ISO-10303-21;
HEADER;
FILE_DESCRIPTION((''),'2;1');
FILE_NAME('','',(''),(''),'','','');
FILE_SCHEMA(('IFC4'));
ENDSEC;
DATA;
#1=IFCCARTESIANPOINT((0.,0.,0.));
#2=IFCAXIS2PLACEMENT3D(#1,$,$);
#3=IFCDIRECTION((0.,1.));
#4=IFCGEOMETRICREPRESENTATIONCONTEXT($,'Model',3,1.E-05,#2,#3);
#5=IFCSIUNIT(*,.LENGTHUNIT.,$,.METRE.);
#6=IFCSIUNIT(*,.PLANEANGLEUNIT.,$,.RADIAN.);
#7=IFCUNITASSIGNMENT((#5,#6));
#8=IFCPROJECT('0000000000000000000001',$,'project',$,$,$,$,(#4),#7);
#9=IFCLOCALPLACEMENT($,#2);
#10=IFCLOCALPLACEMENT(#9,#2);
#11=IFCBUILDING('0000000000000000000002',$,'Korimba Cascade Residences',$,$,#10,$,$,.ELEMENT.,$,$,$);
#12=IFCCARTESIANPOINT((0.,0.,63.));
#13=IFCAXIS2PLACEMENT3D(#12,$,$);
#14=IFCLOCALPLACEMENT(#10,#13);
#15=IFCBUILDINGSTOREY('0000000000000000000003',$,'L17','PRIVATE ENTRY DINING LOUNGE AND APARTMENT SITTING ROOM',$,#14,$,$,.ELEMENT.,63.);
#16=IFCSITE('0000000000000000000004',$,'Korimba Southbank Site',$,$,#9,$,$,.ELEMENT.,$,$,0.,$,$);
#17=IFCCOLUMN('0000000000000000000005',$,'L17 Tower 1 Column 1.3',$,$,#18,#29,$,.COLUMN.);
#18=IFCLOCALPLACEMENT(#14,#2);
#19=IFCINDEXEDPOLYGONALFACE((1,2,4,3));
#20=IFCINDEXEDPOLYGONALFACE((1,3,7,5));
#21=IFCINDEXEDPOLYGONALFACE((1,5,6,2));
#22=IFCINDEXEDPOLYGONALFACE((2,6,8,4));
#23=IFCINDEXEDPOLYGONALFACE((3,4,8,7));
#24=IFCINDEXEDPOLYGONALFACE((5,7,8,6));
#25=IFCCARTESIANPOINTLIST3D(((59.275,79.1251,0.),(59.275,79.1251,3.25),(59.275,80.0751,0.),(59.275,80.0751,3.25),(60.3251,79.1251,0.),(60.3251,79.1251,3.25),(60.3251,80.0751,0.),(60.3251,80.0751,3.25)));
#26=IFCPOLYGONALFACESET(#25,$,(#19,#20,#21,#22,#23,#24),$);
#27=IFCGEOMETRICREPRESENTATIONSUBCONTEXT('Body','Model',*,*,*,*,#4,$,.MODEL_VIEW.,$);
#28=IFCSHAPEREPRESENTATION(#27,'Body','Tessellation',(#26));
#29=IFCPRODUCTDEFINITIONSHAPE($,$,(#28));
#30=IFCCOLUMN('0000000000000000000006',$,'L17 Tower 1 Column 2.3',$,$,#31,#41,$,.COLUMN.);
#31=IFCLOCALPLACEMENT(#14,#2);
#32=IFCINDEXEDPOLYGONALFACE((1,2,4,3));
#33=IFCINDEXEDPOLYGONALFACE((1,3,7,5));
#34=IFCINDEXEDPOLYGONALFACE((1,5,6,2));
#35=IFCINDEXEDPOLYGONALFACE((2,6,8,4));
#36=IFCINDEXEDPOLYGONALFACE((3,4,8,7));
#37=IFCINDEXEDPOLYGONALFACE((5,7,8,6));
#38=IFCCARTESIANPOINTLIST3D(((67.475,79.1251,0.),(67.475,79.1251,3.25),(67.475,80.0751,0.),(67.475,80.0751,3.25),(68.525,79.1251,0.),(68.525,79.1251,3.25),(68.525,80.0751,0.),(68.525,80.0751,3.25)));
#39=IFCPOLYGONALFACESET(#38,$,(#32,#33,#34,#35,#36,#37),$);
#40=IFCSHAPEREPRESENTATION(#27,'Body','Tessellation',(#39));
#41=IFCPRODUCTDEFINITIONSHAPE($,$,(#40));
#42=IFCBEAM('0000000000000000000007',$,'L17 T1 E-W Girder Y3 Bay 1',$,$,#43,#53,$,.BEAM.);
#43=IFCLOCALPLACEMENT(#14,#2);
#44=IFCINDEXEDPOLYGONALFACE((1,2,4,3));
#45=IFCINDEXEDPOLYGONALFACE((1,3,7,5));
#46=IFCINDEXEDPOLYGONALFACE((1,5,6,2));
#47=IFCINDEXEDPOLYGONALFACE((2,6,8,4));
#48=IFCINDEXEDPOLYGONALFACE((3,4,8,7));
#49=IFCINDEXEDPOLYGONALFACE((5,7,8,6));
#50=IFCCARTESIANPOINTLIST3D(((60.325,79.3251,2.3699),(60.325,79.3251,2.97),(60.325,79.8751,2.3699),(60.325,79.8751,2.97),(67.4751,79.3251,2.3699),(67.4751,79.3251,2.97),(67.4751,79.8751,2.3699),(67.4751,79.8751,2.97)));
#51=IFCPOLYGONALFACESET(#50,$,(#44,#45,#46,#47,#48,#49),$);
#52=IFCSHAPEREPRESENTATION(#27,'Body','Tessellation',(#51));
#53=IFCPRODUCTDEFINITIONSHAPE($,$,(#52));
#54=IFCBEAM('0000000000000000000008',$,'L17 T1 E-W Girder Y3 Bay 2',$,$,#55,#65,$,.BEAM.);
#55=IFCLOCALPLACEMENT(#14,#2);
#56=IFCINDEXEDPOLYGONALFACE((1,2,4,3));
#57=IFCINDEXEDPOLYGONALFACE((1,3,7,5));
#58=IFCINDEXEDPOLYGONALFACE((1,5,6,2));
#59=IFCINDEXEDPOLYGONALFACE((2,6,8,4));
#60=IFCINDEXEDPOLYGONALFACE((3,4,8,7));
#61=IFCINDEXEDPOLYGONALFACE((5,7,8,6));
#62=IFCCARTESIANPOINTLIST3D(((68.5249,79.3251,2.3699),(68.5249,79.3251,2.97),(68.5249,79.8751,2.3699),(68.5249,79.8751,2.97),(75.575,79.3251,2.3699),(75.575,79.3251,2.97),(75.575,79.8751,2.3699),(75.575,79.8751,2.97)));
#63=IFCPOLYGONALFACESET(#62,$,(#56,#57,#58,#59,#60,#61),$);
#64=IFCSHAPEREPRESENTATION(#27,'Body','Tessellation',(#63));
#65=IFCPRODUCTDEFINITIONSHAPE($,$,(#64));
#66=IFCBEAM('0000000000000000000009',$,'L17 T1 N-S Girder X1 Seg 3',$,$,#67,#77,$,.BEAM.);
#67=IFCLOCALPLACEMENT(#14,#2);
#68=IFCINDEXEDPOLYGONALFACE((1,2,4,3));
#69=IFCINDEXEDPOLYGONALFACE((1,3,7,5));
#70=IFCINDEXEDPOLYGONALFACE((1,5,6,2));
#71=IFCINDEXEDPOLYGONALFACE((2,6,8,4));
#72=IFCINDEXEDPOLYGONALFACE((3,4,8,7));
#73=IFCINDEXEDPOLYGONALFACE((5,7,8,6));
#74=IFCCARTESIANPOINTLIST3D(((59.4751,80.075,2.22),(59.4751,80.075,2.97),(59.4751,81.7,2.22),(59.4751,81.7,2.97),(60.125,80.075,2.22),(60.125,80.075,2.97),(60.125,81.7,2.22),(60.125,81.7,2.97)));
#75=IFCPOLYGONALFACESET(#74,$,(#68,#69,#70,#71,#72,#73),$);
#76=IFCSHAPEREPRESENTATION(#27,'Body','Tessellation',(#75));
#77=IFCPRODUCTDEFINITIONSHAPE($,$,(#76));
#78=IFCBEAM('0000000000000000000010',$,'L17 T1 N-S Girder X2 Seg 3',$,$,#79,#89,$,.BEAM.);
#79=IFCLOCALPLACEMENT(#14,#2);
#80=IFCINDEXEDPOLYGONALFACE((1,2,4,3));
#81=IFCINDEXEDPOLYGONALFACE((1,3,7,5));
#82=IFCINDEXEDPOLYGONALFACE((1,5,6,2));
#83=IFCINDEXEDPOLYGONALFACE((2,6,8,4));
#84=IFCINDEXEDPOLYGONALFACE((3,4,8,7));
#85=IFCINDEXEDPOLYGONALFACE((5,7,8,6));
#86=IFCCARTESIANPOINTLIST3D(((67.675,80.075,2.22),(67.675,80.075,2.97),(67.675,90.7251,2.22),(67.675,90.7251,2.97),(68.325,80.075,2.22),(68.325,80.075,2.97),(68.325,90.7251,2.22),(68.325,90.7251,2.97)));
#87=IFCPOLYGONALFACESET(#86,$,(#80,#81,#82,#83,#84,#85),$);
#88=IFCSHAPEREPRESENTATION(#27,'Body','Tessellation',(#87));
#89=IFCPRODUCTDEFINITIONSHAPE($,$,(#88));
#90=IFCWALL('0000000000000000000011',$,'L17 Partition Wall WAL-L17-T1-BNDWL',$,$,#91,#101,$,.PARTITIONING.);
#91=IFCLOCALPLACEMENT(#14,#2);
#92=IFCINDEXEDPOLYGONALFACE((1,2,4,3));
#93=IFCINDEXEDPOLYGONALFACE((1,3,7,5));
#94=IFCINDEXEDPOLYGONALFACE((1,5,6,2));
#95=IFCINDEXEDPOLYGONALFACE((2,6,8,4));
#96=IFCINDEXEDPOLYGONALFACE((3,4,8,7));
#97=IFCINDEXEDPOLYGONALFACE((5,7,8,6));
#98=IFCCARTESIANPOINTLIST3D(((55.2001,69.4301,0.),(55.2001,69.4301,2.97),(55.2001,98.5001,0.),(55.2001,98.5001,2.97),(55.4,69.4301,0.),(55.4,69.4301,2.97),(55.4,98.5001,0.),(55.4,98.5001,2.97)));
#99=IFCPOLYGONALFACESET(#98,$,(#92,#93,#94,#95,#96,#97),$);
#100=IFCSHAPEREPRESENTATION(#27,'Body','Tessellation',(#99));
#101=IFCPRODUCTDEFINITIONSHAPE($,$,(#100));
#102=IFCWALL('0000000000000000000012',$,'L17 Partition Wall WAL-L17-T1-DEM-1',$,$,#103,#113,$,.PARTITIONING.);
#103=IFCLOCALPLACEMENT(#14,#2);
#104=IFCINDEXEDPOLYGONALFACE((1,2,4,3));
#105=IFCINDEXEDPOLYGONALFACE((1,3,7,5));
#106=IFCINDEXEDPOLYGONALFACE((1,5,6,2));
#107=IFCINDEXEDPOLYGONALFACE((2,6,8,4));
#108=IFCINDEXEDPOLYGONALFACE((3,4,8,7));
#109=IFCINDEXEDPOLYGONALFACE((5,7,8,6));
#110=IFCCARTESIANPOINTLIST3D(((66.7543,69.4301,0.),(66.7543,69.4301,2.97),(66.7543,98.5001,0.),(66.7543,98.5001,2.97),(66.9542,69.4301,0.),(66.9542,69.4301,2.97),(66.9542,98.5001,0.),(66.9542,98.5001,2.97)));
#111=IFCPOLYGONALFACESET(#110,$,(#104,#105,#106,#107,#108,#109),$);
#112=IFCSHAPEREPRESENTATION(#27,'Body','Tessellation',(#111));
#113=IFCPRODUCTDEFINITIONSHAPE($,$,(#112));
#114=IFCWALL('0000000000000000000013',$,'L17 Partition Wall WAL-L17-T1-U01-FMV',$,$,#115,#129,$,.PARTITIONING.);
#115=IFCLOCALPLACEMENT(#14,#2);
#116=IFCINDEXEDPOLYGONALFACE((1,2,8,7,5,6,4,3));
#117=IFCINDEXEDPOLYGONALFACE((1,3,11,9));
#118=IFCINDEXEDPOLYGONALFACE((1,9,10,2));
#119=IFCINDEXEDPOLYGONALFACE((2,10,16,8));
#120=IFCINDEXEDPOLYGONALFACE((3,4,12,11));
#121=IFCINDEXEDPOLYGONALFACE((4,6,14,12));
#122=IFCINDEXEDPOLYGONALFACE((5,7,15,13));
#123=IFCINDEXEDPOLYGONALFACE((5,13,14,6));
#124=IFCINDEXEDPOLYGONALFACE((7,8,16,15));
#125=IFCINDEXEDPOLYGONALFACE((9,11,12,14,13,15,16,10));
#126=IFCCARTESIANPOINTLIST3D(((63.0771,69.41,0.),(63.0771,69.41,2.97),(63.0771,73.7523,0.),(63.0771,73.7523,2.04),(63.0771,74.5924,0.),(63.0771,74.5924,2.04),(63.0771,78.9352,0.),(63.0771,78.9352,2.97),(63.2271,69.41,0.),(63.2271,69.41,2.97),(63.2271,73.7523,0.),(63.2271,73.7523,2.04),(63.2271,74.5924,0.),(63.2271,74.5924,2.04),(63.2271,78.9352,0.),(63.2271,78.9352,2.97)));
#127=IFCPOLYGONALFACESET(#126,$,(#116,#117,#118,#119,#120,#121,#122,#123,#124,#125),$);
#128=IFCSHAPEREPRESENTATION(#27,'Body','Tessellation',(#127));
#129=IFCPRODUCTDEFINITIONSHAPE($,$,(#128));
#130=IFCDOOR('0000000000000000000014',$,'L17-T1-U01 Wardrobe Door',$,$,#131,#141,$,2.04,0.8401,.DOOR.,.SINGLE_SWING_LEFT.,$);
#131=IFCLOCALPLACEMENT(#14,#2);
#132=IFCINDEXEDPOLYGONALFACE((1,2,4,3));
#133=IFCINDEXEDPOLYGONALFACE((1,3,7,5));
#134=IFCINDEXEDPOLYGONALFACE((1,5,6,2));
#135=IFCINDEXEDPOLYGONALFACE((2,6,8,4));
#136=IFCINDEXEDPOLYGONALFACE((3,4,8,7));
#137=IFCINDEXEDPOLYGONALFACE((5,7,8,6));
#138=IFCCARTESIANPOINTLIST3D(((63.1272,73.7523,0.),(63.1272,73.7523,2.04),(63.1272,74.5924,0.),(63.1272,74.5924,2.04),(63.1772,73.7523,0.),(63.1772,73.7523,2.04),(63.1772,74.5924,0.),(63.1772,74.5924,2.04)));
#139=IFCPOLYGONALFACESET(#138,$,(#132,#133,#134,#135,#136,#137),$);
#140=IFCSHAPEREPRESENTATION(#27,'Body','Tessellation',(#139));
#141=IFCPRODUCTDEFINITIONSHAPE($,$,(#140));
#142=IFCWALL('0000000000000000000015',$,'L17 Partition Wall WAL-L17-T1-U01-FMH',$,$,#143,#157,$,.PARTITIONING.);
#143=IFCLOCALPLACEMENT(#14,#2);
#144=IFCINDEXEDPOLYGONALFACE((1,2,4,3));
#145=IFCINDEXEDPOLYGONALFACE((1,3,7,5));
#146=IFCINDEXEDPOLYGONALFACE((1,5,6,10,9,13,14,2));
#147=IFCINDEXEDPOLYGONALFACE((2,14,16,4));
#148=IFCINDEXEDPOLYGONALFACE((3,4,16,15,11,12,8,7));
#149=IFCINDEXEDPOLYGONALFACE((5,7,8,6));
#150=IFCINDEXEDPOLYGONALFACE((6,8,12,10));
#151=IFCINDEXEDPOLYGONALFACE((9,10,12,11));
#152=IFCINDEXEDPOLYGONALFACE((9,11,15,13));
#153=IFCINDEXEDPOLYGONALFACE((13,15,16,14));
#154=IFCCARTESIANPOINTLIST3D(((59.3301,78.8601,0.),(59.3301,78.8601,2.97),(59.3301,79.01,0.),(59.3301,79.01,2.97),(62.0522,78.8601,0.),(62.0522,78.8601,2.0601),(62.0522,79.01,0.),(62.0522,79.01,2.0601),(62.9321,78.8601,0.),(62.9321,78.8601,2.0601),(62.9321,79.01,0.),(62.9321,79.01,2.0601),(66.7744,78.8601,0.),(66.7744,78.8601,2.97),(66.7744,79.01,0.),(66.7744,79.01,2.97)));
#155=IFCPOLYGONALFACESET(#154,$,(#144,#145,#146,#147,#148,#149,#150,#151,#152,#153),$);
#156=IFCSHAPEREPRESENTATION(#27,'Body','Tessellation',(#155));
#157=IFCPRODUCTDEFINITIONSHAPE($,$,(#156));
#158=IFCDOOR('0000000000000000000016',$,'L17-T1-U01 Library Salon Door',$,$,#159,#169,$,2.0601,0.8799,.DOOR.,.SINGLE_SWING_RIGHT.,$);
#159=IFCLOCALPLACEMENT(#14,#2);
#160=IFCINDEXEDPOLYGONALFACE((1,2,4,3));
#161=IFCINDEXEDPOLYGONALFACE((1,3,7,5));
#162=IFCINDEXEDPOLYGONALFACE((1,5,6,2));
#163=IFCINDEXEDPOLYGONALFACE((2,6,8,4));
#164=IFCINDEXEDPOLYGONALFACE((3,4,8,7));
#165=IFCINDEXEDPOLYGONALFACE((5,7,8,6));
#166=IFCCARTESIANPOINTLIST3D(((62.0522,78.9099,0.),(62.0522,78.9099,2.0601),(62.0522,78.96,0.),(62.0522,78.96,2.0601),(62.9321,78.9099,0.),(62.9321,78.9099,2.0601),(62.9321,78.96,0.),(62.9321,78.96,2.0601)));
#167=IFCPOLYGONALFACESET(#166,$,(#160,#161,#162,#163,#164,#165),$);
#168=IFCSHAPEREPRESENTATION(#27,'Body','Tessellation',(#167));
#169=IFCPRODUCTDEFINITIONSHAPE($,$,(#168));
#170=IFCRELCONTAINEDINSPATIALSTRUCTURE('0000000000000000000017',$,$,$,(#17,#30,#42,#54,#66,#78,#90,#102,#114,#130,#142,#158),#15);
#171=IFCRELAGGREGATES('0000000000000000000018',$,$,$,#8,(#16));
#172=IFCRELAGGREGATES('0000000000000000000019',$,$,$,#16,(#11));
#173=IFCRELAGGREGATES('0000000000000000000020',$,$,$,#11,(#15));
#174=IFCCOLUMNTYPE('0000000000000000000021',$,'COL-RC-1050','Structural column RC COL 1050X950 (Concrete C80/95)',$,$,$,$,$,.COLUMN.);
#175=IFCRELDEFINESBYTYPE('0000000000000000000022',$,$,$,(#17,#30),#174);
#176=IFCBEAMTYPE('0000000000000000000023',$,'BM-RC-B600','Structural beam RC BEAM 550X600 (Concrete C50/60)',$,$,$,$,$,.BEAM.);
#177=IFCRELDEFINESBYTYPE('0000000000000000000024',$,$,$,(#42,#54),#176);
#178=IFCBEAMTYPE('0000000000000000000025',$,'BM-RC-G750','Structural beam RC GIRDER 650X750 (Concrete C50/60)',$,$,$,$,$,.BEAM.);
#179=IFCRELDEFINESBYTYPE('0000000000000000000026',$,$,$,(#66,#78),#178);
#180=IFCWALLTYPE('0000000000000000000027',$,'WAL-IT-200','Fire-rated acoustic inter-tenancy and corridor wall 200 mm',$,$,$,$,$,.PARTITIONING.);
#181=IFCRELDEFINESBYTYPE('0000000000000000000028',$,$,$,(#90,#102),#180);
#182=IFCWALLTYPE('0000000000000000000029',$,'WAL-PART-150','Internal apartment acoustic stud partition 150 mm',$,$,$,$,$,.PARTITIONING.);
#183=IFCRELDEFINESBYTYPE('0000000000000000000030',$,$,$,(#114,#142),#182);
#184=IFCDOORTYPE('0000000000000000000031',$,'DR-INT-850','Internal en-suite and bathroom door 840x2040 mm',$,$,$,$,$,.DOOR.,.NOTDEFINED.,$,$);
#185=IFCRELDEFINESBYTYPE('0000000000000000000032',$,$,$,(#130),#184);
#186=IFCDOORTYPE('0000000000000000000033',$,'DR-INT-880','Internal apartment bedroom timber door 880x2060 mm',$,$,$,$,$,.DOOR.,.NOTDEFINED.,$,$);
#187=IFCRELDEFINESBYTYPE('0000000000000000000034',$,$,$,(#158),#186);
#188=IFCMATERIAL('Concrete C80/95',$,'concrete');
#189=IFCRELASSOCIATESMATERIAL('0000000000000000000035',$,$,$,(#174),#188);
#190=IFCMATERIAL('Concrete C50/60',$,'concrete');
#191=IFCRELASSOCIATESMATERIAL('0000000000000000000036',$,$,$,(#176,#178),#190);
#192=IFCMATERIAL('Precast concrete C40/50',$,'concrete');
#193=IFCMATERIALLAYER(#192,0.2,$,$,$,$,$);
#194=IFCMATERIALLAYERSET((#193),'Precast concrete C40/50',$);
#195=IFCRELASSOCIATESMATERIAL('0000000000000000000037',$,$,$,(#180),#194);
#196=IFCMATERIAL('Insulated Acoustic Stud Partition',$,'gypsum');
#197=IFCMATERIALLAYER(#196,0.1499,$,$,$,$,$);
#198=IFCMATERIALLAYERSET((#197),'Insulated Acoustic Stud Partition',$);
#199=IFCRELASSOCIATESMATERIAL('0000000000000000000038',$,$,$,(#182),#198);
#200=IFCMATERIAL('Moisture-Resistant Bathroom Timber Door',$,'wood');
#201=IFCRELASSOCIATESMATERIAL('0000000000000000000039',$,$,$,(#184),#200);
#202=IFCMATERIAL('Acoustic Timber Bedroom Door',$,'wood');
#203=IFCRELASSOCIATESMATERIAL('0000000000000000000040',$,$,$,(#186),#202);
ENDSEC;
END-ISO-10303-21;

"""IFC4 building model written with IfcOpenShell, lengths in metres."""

from ifc_helpers import new_model, si_unit, direction, frame, frame_2d, origin, origin_2d, place, context, subcontext, project, spatial, rectangle, extrude, material, layer, layer_set, material_profile, profile_set, type_object, element, fill, save


model = new_model("IFC4")

# Units and contexts
model_context = context("Model", 3, precision=1e-05, world=origin(), true_north=direction((0.0, 1.0)))
body_context = subcontext(model_context, "Body", "Model", "MODEL_VIEW")
ifc_project = project(units=[si_unit("LENGTHUNIT", "METRE"), si_unit("PLANEANGLEUNIT", "RADIAN")], contexts=[model_context])

# Site, building, storey
site_placement = place(None, origin())
site = spatial("IfcSite", under=ifc_project, at=site_placement, Name="Korimba Southbank Site", CompositionType="ELEMENT", RefElevation=0.0)
building_placement = place(site_placement, origin())
building = spatial("IfcBuilding", under=site, at=building_placement, Name="Korimba Cascade Residences", CompositionType="ELEMENT")
storey_placement = place(building_placement, frame((0.0, 0.0, 63.0)))
storey = spatial("IfcBuildingStorey", under=building, at=storey_placement, Name="L17", Description="PRIVATE ENTRY DINING LOUNGE AND APARTMENT SITTING ROOM", CompositionType="ELEMENT", Elevation=63.0)

# Columns
ifc_material_1 = material(Name="Concrete C80/95", Category="concrete")
ifc_material_profile_1 = material_profile(ifc_material_1, rectangle(XDim=1.05, YDim=0.95, at=origin_2d()), Name="Concrete C80/95")
ifc_profile_set_1 = profile_set([ifc_material_profile_1], Name="Concrete C80/95")
column_type = type_object("IfcColumnType", Name="COL-RC-1050", Description="Structural column RC COL 1050X950 (Concrete C80/95)", PredefinedType="COLUMN", material=ifc_profile_set_1)
for number, where, z_axis, x_axis, name in (
    (1, (59.8, 79.6001, 0.0), (0.0, 0.0, 1.0), (1.0, 0.0, 0.0), "L17 Tower 1 Column 1.3"),
    (2, (68.0, 79.6001, 0.0), (0.0, 0.0, 1.0), (1.0, 0.0, 0.0), "L17 Tower 1 Column 2.3"),
):
    element("IfcColumn", number, at=place(storey_placement, frame(where, z_axis=z_axis, x_axis=x_axis)), inside=storey, type_object=column_type, Name=name, PredefinedType="COLUMN", context=body_context, shape_type="SweptSolid", body=[
        extrude(rectangle(XDim=1.05, YDim=0.95, at=origin_2d()), origin(), (0.0, 0.0, 1.0), 3.25),
    ])

# Beams
ifc_material_2 = material(Name="Concrete C50/60", Category="concrete")
ifc_material_profile_2 = material_profile(ifc_material_2, rectangle(XDim=0.55, YDim=0.6001, at=origin_2d()), Name="Concrete C50/60")
ifc_profile_set_2 = profile_set([ifc_material_profile_2], Name="Concrete C50/60")
beam_type_1 = type_object("IfcBeamType", Name="BM-RC-B600", Description="Structural beam RC BEAM 550X600 (Concrete C50/60)", PredefinedType="BEAM", material=ifc_profile_set_2)
beam_1_placement = place(storey_placement, frame((60.325, 79.6001, 2.6699), z_axis=(1.0, 0.0, 0.0), x_axis=(0.0, 1.0, 0.0)))
element("IfcBeam", 3, at=beam_1_placement, inside=storey, type_object=beam_type_1, Name="L17 T1 E-W Girder Y3 Bay 1", PredefinedType="BEAM", context=body_context, shape_type="SweptSolid", body=[
    extrude(rectangle(XDim=0.55, YDim=0.6001, at=origin_2d()), origin(), (0.0, 0.0, 1.0), 7.1501),
])
beam_2_placement = place(storey_placement, frame((68.5249, 79.6001, 2.6699), z_axis=(1.0, 0.0, 0.0), x_axis=(0.0, 1.0, 0.0)))
element("IfcBeam", 4, at=beam_2_placement, inside=storey, type_object=beam_type_1, Name="L17 T1 E-W Girder Y3 Bay 2", PredefinedType="BEAM", context=body_context, shape_type="SweptSolid", body=[
    extrude(rectangle(XDim=0.55, YDim=0.6001, at=origin_2d()), origin(), (0.0, 0.0, 1.0), 7.05),
])
ifc_material_profile_3 = material_profile(ifc_material_2, rectangle(XDim=0.6499, YDim=0.75, at=origin_2d()), Name="Concrete C50/60")
ifc_profile_set_3 = profile_set([ifc_material_profile_3], Name="Concrete C50/60")
beam_type_2 = type_object("IfcBeamType", Name="BM-RC-G750", Description="Structural beam RC GIRDER 650X750 (Concrete C50/60)", PredefinedType="BEAM", material=ifc_profile_set_3)
beam_3_placement = place(storey_placement, frame((59.8, 80.075, 2.595), z_axis=(0.0, 1.0, 0.0), x_axis=(-1.0, 0.0, 0.0)))
element("IfcBeam", 5, at=beam_3_placement, inside=storey, type_object=beam_type_2, Name="L17 T1 N-S Girder X1 Seg 3", PredefinedType="BEAM", context=body_context, shape_type="SweptSolid", body=[
    extrude(rectangle(XDim=0.6499, YDim=0.75, at=origin_2d()), origin(), (0.0, 0.0, 1.0), 1.625),
])
beam_4_placement = place(storey_placement, frame((68.0, 80.075, 2.595), z_axis=(0.0, 1.0, 0.0), x_axis=(-1.0, 0.0, 0.0)))
element("IfcBeam", 6, at=beam_4_placement, inside=storey, type_object=beam_type_2, Name="L17 T1 N-S Girder X2 Seg 3", PredefinedType="BEAM", context=body_context, shape_type="SweptSolid", body=[
    extrude(rectangle(XDim=0.6499, YDim=0.75, at=origin_2d()), origin(), (0.0, 0.0, 1.0), 10.6501),
])

# Walls
ifc_material_3 = material(Name="Precast concrete C40/50", Category="concrete")
ifc_layer_1 = layer(ifc_material_3, 0.2)
ifc_layer_set_1 = layer_set([ifc_layer_1], Name="Precast concrete C40/50")
wall_type_1 = type_object("IfcWallType", Name="WAL-IT-200", Description="Fire-rated acoustic inter-tenancy and corridor wall 200 mm", PredefinedType="PARTITIONING", material=ifc_layer_set_1)
for number, where, z_axis, x_axis, name in (
    (7, (55.3, 69.4299, 0.0), (0.0, 0.0, 1.0), (0.0, 1.0, 0.0), "L17 Partition Wall WAL-L17-T1-BNDWL"),
    (8, (66.8542, 69.4299, 0.0), (0.0, 0.0, 1.0), (0.0, 1.0, 0.0), "L17 Partition Wall WAL-L17-T1-DEM-1"),
):
    element("IfcWall", number, at=place(storey_placement, frame(where, z_axis=z_axis, x_axis=x_axis)), inside=storey, type_object=wall_type_1, Name=name, PredefinedType="PARTITIONING", context=body_context, shape_type="SweptSolid", body=[
        extrude(rectangle(XDim=29.0701, YDim=0.2, at=frame_2d((14.5352, 0.0))), origin(), (0.0, 0.0, 1.0), 2.97),
    ])

# Walls, openings, doors
ifc_material_4 = material(Name="Insulated Acoustic Stud Partition", Category="gypsum")
ifc_layer_2 = layer(ifc_material_4, 0.1499)
ifc_layer_set_2 = layer_set([ifc_layer_2], Name="Insulated Acoustic Stud Partition")
wall_type_2 = type_object("IfcWallType", Name="WAL-PART-150", Description="Internal apartment acoustic stud partition 150 mm", PredefinedType="PARTITIONING", material=ifc_layer_set_2)
wall_1_placement = place(storey_placement, frame((63.1521, 69.4099, 0.0), z_axis=(0.0, 0.0, 1.0), x_axis=(0.0, 1.0, 0.0)))
wall_1 = element("IfcWall", 9, at=wall_1_placement, inside=storey, type_object=wall_type_2, Name="L17 Partition Wall WAL-L17-T1-U01-FMV", PredefinedType="PARTITIONING", context=body_context, shape_type="SweptSolid", body=[
    extrude(rectangle(XDim=9.5251, YDim=0.1499, at=frame_2d((4.7627, 0.0))), origin(), (0.0, 0.0, 1.0), 2.97),
])
opening_1_placement = place(wall_1_placement, frame((4.3425, 0.0, 0.0)))
opening_1 = element("IfcOpeningElement", 10, at=opening_1_placement, cuts=wall_1, PredefinedType="OPENING", context=body_context, shape_type="SweptSolid", body=[
    extrude(rectangle(XDim=0.8401, YDim=2.04, at=frame_2d((0.4199, 1.02))), frame((0.0, 0.085, 0.0), z_axis=(0.0, -1.0, 0.0), x_axis=(1.0, 0.0, 0.0)), (0.0, 0.0, 1.0), 0.1699),
])
ifc_material_5 = material(Name="Moisture-Resistant Bathroom Timber Door", Category="wood")
door_type_1 = type_object("IfcDoorType", Name="DR-INT-850", Description="Internal en-suite and bathroom door 840x2040 mm", OperationType="NOTDEFINED", PredefinedType="DOOR", material=ifc_material_5)
door_1_placement = place(opening_1_placement, origin())
door_1 = element("IfcDoor", 11, at=door_1_placement, inside=storey, type_object=door_type_1, Name="L17-T1-U01 Wardrobe Door", OperationType="SINGLE_SWING_LEFT", OverallHeight=2.04, OverallWidth=0.8401, PredefinedType="DOOR", context=body_context, shape_type="SweptSolid", body=[
    extrude(rectangle(XDim=0.8401, YDim=2.04, at=frame_2d((0.4199, 1.02))), frame((0.0, 0.0249, 0.0), z_axis=(0.0, -1.0, 0.0), x_axis=(1.0, 0.0, 0.0)), (0.0, 0.0, 1.0), 0.05),
])
fill(opening_1, door_1)
wall_2_placement = place(storey_placement, frame((59.3301, 78.9351, 0.0), z_axis=(0.0, 0.0, 1.0), x_axis=(1.0, 0.0, 0.0)))
wall_2 = element("IfcWall", 12, at=wall_2_placement, inside=storey, type_object=wall_type_2, Name="L17 Partition Wall WAL-L17-T1-U01-FMH", PredefinedType="PARTITIONING", context=body_context, shape_type="SweptSolid", body=[
    extrude(rectangle(XDim=7.4443, YDim=0.1499, at=frame_2d((3.7222, 0.0))), origin(), (0.0, 0.0, 1.0), 2.97),
])
opening_2_placement = place(wall_2_placement, frame((2.7222, 0.0, 0.0)))
opening_2 = element("IfcOpeningElement", 13, at=opening_2_placement, cuts=wall_2, PredefinedType="OPENING", context=body_context, shape_type="SweptSolid", body=[
    extrude(rectangle(XDim=0.8799, YDim=2.0601, at=frame_2d((0.4399, 1.03))), frame((0.0, 0.085, 0.0), z_axis=(0.0, -1.0, 0.0), x_axis=(1.0, 0.0, 0.0)), (0.0, 0.0, 1.0), 0.1699),
])
ifc_material_6 = material(Name="Acoustic Timber Bedroom Door", Category="wood")
door_type_2 = type_object("IfcDoorType", Name="DR-INT-880", Description="Internal apartment bedroom timber door 880x2060 mm", OperationType="NOTDEFINED", PredefinedType="DOOR", material=ifc_material_6)
door_2_placement = place(opening_2_placement, origin())
door_2 = element("IfcDoor", 14, at=door_2_placement, inside=storey, type_object=door_type_2, Name="L17-T1-U01 Library Salon Door", OperationType="SINGLE_SWING_RIGHT", OverallHeight=2.0601, OverallWidth=0.8799, PredefinedType="DOOR", context=body_context, shape_type="SweptSolid", body=[
    extrude(rectangle(XDim=0.8799, YDim=2.0601, at=frame_2d((0.4399, 1.03))), frame((0.0, 0.0249, 0.0), z_axis=(0.0, -1.0, 0.0), x_axis=(1.0, 0.0, 0.0)), (0.0, 0.0, 1.0), 0.05),
])
fill(opening_2, door_2)

save(model, "model.ifc")
